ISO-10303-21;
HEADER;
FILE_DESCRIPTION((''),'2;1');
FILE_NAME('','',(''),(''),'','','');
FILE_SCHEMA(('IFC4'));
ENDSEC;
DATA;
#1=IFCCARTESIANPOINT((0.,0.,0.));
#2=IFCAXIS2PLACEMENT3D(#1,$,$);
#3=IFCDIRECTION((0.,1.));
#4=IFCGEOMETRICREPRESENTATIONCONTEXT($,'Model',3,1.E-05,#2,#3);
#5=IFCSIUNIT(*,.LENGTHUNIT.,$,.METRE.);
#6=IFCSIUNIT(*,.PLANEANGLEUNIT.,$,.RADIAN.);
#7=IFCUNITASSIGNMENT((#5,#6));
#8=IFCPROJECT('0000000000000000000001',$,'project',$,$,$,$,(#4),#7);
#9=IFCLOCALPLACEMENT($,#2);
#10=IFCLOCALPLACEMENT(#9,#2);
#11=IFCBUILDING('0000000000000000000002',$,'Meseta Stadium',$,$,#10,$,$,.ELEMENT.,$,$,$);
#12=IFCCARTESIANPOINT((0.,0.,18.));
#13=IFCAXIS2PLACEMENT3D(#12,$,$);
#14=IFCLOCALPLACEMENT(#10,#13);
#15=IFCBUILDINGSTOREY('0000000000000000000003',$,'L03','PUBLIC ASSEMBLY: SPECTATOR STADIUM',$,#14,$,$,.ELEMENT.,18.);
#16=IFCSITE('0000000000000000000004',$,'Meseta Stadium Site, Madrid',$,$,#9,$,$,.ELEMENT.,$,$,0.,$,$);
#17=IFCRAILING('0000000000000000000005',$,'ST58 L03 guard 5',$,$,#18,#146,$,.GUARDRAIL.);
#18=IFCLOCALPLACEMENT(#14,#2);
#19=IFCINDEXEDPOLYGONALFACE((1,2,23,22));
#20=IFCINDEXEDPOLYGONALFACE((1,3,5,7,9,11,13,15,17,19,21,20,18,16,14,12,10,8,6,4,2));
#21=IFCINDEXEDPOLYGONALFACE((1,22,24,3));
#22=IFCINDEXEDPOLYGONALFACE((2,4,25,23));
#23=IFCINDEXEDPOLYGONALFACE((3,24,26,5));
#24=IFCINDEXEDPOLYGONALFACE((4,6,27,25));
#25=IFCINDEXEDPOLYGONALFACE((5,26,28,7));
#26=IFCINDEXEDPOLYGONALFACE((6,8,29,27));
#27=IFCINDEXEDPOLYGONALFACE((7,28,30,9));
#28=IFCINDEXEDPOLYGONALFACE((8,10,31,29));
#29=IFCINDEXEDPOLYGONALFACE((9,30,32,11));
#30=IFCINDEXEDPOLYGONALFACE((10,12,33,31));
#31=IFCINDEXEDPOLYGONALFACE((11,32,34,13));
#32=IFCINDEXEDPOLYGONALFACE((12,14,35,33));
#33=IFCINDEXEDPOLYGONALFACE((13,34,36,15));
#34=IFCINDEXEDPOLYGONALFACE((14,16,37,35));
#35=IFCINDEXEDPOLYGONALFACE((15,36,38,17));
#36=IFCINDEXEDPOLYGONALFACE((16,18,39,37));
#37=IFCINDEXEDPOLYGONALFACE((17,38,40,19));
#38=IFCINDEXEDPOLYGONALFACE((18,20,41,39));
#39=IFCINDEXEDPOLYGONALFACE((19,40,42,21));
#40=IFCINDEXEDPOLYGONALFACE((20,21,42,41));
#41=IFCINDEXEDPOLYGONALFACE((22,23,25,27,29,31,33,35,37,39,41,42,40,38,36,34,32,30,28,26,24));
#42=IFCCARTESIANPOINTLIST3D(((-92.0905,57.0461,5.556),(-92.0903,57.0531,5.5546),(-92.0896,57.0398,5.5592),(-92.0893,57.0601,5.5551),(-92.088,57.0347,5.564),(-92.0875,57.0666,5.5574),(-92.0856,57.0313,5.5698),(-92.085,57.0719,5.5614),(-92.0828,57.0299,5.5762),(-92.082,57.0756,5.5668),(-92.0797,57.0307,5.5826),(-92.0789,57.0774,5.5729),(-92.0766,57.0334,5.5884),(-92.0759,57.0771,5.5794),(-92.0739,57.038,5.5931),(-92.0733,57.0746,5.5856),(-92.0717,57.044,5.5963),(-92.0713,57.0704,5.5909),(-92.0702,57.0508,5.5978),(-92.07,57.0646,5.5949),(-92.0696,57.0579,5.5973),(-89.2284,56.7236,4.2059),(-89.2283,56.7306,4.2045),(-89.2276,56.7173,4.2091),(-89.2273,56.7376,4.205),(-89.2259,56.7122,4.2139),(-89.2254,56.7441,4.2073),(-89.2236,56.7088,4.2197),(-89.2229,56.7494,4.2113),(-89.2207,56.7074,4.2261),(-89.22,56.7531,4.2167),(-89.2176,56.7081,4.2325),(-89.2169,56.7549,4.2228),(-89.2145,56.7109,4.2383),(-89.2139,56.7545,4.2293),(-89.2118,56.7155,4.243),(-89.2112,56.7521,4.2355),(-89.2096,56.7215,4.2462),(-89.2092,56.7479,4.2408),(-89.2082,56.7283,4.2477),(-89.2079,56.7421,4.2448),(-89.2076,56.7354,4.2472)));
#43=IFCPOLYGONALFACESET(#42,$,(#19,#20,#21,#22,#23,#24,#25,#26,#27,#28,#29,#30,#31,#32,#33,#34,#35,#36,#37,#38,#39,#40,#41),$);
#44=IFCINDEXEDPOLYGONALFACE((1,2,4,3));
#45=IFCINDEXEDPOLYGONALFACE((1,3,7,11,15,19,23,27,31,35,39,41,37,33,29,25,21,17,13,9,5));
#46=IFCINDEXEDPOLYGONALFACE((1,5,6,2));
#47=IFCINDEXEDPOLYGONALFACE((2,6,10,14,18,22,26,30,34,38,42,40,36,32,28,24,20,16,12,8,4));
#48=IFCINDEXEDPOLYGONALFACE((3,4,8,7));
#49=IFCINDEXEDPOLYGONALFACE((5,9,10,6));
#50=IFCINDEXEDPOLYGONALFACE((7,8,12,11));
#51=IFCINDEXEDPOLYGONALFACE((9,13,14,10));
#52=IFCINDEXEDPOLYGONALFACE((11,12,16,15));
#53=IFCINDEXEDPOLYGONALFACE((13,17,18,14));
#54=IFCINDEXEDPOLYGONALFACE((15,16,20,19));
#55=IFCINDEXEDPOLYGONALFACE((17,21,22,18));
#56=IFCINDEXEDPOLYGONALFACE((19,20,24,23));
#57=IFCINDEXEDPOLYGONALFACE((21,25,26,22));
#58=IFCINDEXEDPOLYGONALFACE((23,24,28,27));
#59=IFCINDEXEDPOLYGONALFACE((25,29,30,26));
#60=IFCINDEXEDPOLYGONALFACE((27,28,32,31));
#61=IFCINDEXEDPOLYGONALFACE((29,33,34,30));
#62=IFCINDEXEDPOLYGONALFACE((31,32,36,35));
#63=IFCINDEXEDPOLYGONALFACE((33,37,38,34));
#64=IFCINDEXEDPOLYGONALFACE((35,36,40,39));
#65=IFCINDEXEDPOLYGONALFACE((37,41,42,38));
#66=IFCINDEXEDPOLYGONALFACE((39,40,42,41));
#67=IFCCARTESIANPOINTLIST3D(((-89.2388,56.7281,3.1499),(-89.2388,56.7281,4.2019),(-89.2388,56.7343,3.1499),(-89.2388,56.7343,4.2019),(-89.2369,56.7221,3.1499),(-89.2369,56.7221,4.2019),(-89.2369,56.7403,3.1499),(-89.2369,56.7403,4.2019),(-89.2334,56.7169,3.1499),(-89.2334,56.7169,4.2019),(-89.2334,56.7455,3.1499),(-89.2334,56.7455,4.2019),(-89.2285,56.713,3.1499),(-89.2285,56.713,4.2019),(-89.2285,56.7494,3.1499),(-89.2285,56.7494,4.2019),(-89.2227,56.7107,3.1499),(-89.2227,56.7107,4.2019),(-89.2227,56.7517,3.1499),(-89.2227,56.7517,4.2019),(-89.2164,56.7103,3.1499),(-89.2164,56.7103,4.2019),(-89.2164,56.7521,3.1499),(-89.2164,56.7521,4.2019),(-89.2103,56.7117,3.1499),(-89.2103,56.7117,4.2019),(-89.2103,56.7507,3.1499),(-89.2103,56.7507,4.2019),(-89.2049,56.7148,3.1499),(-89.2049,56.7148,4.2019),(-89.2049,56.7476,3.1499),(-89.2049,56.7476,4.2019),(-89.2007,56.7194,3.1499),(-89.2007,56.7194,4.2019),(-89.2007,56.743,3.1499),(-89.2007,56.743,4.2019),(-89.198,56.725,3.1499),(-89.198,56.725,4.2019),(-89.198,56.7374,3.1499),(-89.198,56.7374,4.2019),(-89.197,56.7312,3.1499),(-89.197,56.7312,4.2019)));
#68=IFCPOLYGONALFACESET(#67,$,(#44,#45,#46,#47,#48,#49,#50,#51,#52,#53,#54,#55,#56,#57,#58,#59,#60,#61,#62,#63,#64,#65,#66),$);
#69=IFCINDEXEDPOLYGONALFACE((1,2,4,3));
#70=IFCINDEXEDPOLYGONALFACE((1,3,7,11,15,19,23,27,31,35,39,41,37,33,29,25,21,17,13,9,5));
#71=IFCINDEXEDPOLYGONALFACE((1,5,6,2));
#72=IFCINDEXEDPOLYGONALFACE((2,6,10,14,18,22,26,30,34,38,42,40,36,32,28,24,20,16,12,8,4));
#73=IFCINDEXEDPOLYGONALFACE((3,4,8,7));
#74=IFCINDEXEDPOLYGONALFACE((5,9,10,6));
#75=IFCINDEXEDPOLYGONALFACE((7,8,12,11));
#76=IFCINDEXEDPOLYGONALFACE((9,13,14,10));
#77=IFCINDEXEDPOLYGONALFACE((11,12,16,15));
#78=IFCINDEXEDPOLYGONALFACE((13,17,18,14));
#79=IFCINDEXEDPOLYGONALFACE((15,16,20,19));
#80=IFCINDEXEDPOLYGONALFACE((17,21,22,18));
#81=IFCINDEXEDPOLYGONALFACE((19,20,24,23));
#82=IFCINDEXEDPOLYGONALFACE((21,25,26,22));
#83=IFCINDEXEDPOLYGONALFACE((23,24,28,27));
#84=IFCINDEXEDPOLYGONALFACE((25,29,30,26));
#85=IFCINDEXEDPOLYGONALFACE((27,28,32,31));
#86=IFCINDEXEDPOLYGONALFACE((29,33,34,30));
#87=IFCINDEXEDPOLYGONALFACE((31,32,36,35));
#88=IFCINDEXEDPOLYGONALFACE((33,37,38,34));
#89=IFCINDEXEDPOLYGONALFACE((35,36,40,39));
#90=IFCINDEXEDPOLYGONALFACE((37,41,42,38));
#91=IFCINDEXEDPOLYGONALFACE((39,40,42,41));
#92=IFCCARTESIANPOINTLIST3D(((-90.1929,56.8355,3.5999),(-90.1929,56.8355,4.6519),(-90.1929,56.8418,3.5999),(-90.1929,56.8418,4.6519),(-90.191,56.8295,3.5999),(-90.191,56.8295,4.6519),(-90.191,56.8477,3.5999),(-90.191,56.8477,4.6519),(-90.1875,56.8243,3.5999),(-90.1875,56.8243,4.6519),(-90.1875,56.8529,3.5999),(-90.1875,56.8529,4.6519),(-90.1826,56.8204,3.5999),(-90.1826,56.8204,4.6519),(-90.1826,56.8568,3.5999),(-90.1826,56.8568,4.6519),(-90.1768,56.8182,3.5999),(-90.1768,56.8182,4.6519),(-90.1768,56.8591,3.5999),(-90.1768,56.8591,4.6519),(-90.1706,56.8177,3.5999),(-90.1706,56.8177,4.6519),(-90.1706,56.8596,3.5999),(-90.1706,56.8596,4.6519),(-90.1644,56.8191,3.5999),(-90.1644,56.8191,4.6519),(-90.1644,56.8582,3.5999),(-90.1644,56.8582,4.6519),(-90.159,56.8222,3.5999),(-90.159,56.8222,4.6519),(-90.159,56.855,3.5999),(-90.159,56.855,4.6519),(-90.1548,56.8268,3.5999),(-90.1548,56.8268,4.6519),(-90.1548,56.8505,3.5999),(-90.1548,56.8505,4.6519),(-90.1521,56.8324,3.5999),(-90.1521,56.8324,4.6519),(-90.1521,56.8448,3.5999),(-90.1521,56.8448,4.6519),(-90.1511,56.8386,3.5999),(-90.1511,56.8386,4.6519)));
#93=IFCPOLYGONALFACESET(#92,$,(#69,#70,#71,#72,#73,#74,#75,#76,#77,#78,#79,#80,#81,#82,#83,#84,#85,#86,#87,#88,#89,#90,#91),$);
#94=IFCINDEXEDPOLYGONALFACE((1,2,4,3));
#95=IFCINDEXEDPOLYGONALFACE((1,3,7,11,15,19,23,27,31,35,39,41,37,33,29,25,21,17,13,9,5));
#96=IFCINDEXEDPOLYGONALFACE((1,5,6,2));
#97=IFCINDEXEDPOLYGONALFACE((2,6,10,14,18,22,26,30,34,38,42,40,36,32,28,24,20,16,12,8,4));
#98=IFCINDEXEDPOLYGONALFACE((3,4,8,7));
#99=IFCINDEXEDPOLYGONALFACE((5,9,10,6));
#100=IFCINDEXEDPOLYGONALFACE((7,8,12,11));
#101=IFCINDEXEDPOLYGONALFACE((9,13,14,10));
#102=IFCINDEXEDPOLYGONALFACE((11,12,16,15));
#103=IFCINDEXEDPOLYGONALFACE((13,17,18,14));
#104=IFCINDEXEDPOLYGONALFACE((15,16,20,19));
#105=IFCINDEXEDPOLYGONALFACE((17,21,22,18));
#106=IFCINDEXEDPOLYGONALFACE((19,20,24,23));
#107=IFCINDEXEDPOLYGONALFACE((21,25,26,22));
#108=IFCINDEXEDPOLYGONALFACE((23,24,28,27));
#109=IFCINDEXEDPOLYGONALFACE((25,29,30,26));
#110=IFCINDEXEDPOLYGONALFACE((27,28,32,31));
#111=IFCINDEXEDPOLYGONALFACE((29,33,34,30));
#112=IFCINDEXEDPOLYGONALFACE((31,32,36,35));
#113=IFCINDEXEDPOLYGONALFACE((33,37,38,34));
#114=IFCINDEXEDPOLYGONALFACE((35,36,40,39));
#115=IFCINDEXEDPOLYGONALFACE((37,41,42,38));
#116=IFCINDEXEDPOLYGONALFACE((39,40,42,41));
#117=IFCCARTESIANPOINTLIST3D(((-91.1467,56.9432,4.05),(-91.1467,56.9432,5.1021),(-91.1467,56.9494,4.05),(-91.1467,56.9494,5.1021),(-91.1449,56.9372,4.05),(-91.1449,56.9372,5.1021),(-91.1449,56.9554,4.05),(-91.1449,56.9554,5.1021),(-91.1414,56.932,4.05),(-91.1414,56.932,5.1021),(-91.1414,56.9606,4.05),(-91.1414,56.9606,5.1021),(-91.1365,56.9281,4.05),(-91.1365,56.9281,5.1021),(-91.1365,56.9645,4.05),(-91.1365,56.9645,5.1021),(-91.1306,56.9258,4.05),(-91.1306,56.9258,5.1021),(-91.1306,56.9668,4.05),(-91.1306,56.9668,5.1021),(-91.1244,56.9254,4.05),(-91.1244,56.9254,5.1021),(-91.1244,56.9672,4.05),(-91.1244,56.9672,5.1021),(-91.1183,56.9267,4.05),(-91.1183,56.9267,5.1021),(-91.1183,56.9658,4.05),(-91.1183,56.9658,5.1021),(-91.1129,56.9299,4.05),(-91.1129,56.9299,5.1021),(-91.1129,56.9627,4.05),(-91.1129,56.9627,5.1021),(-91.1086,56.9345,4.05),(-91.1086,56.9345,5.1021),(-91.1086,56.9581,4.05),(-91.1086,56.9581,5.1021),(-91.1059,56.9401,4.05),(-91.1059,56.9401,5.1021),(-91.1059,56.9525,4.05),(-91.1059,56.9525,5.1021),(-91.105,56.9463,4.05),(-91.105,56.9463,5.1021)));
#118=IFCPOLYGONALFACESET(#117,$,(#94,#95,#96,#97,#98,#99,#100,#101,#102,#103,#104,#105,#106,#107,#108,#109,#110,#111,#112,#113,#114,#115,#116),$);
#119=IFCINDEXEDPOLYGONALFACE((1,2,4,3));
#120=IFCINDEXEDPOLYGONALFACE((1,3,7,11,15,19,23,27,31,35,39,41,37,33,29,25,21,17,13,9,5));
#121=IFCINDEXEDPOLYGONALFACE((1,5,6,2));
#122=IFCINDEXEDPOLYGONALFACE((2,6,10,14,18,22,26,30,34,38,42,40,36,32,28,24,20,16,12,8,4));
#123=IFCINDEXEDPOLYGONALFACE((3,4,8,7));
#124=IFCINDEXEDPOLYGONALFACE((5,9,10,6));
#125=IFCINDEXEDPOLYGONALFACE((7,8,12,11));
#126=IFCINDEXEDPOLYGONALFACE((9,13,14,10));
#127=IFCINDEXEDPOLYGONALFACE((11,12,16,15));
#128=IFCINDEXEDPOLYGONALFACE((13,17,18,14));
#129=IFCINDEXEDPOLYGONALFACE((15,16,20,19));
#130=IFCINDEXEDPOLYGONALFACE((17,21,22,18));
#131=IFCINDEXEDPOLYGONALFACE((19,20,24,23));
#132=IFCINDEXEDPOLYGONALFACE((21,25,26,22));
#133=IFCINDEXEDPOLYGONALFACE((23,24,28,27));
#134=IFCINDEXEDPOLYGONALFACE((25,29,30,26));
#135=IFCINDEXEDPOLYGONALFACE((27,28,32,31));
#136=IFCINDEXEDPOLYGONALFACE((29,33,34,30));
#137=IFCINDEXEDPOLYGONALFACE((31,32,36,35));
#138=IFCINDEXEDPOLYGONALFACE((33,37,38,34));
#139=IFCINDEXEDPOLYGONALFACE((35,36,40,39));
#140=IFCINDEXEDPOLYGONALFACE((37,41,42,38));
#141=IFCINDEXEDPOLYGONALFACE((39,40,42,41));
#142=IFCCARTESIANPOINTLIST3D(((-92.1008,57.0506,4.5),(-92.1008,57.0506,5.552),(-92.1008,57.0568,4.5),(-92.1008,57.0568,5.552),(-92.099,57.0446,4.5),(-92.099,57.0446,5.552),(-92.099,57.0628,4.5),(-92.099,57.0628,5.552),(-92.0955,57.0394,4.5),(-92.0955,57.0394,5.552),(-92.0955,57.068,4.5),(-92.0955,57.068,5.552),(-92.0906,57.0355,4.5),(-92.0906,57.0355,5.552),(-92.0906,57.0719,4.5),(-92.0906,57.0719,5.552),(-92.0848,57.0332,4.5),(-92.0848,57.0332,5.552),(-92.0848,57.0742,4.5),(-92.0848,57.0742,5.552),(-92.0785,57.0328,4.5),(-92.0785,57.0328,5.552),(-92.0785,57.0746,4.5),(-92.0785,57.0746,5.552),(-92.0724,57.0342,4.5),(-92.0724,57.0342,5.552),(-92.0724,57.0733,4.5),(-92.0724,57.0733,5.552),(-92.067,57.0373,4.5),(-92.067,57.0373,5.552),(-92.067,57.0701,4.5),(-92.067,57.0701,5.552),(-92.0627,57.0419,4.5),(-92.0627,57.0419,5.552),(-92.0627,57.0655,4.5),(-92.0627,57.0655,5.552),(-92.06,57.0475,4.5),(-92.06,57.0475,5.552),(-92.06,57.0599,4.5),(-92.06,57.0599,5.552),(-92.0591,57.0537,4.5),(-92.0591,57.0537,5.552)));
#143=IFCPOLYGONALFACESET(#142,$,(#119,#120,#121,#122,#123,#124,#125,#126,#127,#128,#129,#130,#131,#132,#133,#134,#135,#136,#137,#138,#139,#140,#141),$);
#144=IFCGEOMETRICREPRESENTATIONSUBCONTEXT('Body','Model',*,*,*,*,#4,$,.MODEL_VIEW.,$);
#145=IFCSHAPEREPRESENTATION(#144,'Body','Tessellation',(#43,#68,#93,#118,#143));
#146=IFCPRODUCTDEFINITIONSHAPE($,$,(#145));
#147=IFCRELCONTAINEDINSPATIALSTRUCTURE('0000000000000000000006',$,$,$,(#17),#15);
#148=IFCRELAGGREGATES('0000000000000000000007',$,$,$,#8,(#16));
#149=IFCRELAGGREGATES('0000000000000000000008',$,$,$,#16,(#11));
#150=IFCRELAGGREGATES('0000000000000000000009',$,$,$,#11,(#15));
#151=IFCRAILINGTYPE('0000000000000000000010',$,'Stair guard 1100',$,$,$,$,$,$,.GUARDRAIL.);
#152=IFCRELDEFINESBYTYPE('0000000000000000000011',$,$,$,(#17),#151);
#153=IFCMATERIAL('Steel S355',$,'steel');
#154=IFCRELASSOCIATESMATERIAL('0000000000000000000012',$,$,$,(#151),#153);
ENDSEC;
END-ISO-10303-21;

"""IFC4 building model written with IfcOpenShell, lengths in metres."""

from ifc_helpers import new_model, si_unit, direction, frame, origin, origin_2d, place, context, subcontext, project, spatial, circle, extrude, material, type_object, element, save


model = new_model("IFC4")

# Units and contexts
model_context = context("Model", 3, precision=1e-05, world=origin(), true_north=direction((0.0, 1.0)))
body_context = subcontext(model_context, "Body", "Model", "MODEL_VIEW")
ifc_project = project(units=[si_unit("LENGTHUNIT", "METRE"), si_unit("PLANEANGLEUNIT", "RADIAN")], contexts=[model_context])

# Site, building, storey
site_placement = place(None, origin())
site = spatial("IfcSite", under=ifc_project, at=site_placement, Name="Meseta Stadium Site, Madrid", CompositionType="ELEMENT", RefElevation=0.0)
building_placement = place(site_placement, origin())
building = spatial("IfcBuilding", under=site, at=building_placement, Name="Meseta Stadium", CompositionType="ELEMENT")
storey_placement = place(building_placement, frame((0.0, 0.0, 18.0)))
storey = spatial("IfcBuildingStorey", under=building, at=storey_placement, Name="L03", Description="PUBLIC ASSEMBLY: SPECTATOR STADIUM", CompositionType="ELEMENT", Elevation=18.0)

# Railing
ifc_material_1 = material(Name="Steel S355", Category="steel")
railing_type_1 = type_object("IfcRailingType", Name="Stair guard 1100", PredefinedType="GUARDRAIL", material=ifc_material_1)
railing_1_placement = place(storey_placement, frame((-89.218, 56.7312, 3.1499)))
element("IfcRailing", 1, at=railing_1_placement, inside=storey, type_object=railing_type_1, Name="ST58 L03 guard 5", PredefinedType="GUARDRAIL", context=body_context, shape_type="SweptSolid", body=[
    extrude(circle(Radius=0.0239, at=origin_2d()), frame((0.0, 0.0, 1.0762), z_axis=(-0.899763, 0.101389, 0.424438), x_axis=(-0.111976, -0.993711, 0.0)), (0.0, 0.0, 1.0), 3.1809),
    extrude(circle(Radius=0.021, at=origin_2d()), origin(), (0.0, 0.0, 1.0), 1.052),
    extrude(circle(Radius=0.021, at=origin_2d()), frame((-0.9541, 0.1074, 0.45)), (0.0, 0.0, 1.0), 1.052),
    extrude(circle(Radius=0.021, at=origin_2d()), frame((-1.908, 0.2151, 0.9001)), (0.0, 0.0, 1.0), 1.052),
    extrude(circle(Radius=0.021, at=origin_2d()), frame((-2.8621, 0.3225, 1.3501)), (0.0, 0.0, 1.0), 1.052),
])

save(model, "model.ifc")
